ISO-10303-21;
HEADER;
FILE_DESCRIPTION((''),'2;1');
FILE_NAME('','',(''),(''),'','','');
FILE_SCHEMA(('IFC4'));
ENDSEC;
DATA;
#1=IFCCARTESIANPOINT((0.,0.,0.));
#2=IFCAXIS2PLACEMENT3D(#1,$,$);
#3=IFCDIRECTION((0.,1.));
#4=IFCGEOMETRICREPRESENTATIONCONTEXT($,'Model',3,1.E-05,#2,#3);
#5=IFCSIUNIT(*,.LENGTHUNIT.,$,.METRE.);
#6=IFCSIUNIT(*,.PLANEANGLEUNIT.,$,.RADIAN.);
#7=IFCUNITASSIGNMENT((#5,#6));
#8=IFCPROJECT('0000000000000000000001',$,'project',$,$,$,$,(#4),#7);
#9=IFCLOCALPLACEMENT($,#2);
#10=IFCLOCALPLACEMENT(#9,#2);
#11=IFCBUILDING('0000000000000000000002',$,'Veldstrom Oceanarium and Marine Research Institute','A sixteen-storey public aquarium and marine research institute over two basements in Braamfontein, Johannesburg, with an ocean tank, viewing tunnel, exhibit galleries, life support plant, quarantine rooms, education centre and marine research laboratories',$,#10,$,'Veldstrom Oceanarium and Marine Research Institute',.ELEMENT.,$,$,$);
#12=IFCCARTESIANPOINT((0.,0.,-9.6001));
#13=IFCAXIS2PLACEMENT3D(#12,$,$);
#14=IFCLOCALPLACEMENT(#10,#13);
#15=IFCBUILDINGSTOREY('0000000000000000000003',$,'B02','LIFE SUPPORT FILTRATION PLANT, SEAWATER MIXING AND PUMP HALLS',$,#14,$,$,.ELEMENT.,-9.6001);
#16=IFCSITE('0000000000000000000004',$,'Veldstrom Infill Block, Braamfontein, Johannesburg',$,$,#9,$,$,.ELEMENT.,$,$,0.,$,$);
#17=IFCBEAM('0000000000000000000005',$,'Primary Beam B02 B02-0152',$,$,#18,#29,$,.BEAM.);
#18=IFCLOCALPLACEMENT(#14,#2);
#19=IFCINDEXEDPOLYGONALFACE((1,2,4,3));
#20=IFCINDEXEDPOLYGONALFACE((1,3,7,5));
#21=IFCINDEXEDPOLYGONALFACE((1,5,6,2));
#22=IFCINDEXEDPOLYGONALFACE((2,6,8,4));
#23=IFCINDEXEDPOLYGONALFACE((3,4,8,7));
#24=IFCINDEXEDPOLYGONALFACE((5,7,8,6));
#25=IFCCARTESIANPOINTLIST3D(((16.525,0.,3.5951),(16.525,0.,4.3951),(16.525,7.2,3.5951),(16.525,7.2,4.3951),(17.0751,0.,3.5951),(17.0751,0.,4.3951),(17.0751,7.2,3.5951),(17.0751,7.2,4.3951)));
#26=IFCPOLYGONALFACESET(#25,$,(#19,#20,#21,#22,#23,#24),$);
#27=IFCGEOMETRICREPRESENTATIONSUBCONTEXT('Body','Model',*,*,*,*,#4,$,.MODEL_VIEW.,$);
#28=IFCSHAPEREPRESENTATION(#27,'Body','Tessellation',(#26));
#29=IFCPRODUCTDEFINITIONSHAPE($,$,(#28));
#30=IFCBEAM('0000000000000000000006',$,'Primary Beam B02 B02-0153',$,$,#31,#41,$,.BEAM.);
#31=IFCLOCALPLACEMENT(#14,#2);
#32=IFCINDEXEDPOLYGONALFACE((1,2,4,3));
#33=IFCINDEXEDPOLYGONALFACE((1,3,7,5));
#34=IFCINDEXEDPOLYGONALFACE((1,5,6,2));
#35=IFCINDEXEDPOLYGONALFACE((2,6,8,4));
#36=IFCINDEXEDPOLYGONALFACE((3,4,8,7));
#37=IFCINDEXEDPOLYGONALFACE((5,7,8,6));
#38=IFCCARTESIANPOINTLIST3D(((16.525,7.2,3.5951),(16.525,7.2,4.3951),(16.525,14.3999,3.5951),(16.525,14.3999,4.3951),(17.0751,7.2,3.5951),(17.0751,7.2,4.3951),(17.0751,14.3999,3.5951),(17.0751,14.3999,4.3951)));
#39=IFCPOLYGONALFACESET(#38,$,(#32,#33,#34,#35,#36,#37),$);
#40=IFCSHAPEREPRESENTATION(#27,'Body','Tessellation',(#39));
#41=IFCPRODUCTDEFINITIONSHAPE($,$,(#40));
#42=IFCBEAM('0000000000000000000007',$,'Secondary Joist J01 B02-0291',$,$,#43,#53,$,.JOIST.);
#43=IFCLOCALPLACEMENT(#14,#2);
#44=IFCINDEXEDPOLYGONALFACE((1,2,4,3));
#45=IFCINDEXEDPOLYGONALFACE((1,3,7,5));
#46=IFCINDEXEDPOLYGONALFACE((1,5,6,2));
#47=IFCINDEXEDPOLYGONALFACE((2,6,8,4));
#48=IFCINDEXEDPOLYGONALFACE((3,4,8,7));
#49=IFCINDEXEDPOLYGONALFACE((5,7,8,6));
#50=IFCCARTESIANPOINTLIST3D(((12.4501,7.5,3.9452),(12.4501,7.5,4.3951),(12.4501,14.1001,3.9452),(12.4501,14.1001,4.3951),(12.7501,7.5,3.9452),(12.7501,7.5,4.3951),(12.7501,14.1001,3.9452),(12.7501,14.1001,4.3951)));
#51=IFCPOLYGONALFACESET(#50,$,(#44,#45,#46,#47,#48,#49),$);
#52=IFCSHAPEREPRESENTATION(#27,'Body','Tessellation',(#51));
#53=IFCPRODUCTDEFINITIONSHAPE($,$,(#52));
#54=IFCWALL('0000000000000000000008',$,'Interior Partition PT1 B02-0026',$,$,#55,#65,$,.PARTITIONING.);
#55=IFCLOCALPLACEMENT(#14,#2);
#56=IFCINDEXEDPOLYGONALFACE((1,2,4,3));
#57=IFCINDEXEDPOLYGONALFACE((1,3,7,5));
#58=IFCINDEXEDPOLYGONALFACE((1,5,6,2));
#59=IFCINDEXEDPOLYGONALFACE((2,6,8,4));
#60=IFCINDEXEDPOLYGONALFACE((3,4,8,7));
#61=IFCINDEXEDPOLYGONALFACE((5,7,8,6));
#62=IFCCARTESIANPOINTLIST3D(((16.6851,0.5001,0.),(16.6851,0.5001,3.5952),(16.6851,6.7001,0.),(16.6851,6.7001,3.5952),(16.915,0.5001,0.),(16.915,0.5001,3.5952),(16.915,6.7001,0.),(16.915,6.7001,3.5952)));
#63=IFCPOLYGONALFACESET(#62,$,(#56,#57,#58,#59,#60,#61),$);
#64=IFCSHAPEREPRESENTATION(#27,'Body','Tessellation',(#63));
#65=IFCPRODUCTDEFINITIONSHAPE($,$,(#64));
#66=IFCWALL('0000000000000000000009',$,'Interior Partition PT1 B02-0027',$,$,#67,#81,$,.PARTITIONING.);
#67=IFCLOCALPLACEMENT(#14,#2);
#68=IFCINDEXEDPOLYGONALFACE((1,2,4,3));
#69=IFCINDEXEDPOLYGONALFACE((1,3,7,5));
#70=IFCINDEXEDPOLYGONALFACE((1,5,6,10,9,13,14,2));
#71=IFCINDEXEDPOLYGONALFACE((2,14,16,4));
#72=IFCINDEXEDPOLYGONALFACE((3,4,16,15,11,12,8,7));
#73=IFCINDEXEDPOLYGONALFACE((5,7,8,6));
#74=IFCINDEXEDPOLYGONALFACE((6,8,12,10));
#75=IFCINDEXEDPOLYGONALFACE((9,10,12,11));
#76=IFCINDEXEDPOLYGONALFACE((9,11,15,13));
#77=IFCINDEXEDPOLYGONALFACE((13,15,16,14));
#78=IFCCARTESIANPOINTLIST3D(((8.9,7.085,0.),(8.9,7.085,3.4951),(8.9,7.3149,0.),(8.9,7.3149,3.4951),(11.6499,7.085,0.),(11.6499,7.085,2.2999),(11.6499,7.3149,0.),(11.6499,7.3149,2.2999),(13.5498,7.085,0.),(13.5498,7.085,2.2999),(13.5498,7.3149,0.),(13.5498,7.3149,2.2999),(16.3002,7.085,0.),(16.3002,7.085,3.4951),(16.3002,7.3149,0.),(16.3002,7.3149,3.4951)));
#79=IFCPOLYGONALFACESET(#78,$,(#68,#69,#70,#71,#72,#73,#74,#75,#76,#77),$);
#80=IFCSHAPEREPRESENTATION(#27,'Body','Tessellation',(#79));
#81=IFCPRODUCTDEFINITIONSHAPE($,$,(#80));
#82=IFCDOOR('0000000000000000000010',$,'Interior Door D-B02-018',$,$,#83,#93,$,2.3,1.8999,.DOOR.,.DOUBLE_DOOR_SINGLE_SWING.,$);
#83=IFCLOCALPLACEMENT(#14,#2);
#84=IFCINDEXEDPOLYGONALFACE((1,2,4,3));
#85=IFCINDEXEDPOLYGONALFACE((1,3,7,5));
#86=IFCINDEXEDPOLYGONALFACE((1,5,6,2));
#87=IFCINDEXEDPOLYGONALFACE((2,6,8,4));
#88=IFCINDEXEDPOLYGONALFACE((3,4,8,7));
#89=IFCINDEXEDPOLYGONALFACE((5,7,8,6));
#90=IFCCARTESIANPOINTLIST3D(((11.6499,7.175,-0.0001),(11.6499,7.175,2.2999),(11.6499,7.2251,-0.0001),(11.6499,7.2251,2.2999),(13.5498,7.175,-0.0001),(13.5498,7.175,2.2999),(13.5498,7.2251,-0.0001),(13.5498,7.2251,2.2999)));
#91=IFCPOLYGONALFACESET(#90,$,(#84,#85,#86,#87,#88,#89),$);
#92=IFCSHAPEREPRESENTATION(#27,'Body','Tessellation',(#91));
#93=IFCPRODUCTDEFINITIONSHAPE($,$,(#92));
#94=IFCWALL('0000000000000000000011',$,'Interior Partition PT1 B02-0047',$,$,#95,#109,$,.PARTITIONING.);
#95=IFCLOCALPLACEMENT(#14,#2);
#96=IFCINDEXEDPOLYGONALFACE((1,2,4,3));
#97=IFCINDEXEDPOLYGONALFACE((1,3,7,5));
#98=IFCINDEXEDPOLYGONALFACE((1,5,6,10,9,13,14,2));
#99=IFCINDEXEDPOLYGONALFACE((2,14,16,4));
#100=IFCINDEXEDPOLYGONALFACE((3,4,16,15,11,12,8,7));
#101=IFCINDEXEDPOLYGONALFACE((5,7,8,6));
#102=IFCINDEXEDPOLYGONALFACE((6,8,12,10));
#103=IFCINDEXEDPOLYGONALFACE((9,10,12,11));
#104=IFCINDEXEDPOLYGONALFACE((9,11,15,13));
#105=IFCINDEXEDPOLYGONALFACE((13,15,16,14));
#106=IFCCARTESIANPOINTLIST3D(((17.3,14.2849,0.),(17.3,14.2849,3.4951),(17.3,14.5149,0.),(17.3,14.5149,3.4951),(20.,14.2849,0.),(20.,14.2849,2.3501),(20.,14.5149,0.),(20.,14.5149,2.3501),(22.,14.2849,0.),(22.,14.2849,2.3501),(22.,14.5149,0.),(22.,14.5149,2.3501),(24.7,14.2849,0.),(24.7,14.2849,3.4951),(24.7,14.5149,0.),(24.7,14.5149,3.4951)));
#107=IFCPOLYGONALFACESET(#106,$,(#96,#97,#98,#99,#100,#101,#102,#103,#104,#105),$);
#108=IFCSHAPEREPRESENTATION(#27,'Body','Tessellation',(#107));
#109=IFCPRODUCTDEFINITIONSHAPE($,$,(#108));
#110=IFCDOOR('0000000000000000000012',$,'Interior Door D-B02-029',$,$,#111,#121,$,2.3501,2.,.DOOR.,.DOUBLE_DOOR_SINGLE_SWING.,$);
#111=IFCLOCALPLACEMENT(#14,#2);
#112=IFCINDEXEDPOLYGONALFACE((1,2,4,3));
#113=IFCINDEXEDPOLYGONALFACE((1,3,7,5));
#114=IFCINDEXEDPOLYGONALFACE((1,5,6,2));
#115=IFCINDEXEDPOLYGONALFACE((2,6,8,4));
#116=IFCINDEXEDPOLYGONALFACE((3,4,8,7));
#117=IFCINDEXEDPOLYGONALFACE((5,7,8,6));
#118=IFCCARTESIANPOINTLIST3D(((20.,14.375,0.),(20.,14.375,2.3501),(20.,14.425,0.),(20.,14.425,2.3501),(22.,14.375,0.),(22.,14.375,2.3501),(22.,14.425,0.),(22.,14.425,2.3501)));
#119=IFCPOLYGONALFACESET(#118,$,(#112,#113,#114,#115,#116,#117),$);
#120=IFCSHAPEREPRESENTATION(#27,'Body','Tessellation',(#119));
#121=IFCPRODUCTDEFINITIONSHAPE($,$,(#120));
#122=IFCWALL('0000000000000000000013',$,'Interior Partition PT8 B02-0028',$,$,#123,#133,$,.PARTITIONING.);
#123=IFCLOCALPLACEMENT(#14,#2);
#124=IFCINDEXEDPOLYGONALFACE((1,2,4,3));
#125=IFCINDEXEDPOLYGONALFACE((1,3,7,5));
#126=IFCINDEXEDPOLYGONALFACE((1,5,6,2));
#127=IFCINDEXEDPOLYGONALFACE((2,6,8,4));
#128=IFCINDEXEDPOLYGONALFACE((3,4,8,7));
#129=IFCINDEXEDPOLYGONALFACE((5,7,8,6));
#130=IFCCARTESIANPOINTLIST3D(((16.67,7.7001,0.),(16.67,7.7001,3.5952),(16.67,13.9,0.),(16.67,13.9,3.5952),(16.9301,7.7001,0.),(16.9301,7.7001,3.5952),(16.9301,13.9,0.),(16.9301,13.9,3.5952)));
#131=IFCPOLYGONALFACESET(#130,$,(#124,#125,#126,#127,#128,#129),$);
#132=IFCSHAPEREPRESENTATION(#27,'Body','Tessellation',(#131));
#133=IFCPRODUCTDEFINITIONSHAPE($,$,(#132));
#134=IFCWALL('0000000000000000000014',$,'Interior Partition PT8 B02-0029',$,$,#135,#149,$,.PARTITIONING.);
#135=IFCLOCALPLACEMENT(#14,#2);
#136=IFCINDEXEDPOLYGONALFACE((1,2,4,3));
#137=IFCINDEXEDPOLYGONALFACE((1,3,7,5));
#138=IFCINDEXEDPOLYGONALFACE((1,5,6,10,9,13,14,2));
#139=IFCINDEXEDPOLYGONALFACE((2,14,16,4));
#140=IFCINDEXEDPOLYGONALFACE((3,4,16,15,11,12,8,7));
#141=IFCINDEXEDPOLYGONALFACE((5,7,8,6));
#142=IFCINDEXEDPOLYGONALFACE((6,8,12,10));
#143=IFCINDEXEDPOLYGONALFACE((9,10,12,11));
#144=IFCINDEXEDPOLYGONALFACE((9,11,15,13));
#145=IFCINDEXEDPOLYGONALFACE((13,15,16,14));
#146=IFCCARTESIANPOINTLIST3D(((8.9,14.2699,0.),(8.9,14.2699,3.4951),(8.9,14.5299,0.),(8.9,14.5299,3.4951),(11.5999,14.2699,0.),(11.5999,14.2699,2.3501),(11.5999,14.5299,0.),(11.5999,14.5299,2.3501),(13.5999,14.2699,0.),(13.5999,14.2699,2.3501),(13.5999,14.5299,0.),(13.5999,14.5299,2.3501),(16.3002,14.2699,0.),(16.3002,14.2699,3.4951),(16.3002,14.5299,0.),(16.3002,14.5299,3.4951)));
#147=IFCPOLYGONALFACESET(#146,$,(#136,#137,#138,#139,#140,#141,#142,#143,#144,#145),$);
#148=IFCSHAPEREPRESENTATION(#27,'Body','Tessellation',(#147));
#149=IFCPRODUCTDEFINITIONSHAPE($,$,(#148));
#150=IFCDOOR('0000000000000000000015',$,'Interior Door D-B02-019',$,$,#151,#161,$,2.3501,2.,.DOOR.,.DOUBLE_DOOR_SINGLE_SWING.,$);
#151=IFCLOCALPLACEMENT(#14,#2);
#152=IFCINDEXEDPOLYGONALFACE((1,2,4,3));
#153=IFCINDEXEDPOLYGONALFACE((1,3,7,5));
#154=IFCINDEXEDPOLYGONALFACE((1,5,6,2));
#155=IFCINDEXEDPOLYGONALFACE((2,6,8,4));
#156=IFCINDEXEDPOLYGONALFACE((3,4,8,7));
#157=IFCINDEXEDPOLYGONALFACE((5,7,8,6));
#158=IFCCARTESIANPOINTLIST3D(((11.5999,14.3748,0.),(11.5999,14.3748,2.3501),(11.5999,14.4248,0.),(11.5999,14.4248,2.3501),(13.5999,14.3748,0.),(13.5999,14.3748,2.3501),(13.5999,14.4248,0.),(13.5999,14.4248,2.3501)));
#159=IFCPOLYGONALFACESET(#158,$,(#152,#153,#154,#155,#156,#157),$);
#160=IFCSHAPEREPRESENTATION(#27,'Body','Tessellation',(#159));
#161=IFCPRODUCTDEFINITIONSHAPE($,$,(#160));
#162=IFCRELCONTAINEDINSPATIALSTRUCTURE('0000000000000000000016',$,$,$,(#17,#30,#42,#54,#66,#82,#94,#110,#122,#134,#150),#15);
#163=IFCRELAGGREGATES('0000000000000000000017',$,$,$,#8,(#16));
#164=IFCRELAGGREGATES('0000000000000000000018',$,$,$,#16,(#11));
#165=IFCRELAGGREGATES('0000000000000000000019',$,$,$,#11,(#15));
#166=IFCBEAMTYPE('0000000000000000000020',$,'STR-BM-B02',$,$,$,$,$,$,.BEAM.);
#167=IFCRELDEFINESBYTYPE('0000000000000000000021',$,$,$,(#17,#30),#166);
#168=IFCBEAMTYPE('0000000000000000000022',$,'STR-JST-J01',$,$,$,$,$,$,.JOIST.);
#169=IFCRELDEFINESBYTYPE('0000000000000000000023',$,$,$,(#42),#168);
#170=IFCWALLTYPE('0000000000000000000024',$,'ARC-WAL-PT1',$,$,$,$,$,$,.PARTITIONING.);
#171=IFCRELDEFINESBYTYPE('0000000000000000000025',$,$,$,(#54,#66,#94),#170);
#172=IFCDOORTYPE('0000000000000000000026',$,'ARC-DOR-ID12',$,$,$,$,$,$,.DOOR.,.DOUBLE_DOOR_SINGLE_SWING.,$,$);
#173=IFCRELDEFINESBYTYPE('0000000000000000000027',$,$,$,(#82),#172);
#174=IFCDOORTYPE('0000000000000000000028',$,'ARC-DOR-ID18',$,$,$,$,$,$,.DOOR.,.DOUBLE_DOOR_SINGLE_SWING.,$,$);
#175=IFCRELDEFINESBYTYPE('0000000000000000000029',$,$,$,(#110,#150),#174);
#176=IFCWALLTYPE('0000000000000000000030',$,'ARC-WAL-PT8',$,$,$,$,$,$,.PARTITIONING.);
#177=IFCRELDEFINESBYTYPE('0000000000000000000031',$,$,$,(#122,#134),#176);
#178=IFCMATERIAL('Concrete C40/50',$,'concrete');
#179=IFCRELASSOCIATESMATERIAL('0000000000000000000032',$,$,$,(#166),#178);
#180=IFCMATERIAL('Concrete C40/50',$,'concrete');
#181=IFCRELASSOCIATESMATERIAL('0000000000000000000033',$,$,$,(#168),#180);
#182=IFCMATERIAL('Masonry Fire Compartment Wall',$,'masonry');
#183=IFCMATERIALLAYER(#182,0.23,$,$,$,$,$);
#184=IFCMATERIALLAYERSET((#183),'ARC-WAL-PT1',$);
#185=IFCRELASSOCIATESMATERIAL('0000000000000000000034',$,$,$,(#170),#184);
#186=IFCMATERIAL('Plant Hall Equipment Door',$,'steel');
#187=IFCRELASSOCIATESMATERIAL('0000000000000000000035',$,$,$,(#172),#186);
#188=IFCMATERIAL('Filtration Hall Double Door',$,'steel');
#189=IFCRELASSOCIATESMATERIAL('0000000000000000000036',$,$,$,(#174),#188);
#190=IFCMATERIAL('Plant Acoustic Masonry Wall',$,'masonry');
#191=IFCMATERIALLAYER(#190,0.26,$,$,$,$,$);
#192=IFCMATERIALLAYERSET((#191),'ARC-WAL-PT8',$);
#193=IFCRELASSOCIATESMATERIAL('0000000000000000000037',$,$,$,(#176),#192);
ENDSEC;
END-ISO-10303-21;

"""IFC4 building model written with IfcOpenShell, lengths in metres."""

from ifc_helpers import new_model, si_unit, direction, frame, frame_2d, origin, origin_2d, place, context, subcontext, project, spatial, rectangle, extrude, material, layer, layer_set, material_profile, profile_set, type_object, element, fill, save


model = new_model("IFC4")

# Units and contexts
model_context = context("Model", 3, precision=1e-05, world=origin(), true_north=direction((0.0, 1.0)))
body_context = subcontext(model_context, "Body", "Model", "MODEL_VIEW")
ifc_project = project(units=[si_unit("LENGTHUNIT", "METRE"), si_unit("PLANEANGLEUNIT", "RADIAN")], contexts=[model_context])

# Site, building, storey
site_placement = place(None, origin())
site = spatial("IfcSite", under=ifc_project, at=site_placement, Name="Veldstrom Infill Block, Braamfontein, Johannesburg", CompositionType="ELEMENT", RefElevation=0.0)
building_placement = place(site_placement, origin())
building = spatial("IfcBuilding", under=site, at=building_placement, Name="Veldstrom Oceanarium and Marine Research Institute", Description="A sixteen-storey public aquarium and marine research institute over two basements in Braamfontein, Johannesburg, with an ocean tank, viewing tunnel, exhibit galleries, life support plant, quarantine rooms, education centre and marine research laboratories", LongName="Veldstrom Oceanarium and Marine Research Institute", CompositionType="ELEMENT")
storey_placement = place(building_placement, frame((0.0, 0.0, -9.6001)))
storey = spatial("IfcBuildingStorey", under=building, at=storey_placement, Name="B02", Description="LIFE SUPPORT FILTRATION PLANT, SEAWATER MIXING AND PUMP HALLS", CompositionType="ELEMENT", Elevation=-9.6001)

# Beams
ifc_material_1 = material(Name="Concrete C40/50", Category="concrete")
ifc_material_profile_1 = material_profile(ifc_material_1, rectangle(XDim=0.55, YDim=0.8, at=origin_2d()), Name="RC-BM-550x800")
ifc_profile_set_1 = profile_set([ifc_material_profile_1], Name="Concrete C40/50")
beam_type_1 = type_object("IfcBeamType", Name="STR-BM-B02", PredefinedType="BEAM", material=ifc_profile_set_1)
for number, where, z_axis, x_axis, name in (
    (1, (16.8, 0.0, 3.9951), (0.0, 1.0, 0.0), (-1.0, 0.0, 0.0), "Primary Beam B02 B02-0152"),
    (2, (16.8, 7.2, 3.9951), (0.0, 1.0, 0.0), (-1.0, 0.0, 0.0), "Primary Beam B02 B02-0153"),
):
    element("IfcBeam", number, at=place(storey_placement, frame(where, z_axis=z_axis, x_axis=x_axis)), inside=storey, type_object=beam_type_1, Name=name, PredefinedType="BEAM", context=body_context, shape_type="SweptSolid", body=[
        extrude(rectangle(XDim=0.55, YDim=0.8, at=origin_2d()), origin(), (0.0, 0.0, 1.0), 7.2),
    ])
ifc_material_2 = material(Name="Concrete C40/50", Category="concrete")
ifc_material_profile_2 = material_profile(ifc_material_2, rectangle(XDim=0.3, YDim=0.45, at=origin_2d()), Name="RC-JST-300x450")
ifc_profile_set_2 = profile_set([ifc_material_profile_2], Name="Concrete C40/50")
beam_type_2 = type_object("IfcBeamType", Name="STR-JST-J01", PredefinedType="JOIST", material=ifc_profile_set_2)
beam_1_placement = place(storey_placement, frame((12.6001, 7.5, 4.1702), z_axis=(0.0, 1.0, 0.0), x_axis=(-1.0, 0.0, 0.0)))
element("IfcBeam", 3, at=beam_1_placement, inside=storey, type_object=beam_type_2, Name="Secondary Joist J01 B02-0291", PredefinedType="JOIST", context=body_context, shape_type="SweptSolid", body=[
    extrude(rectangle(XDim=0.3, YDim=0.45, at=origin_2d()), origin(), (0.0, 0.0, 1.0), 6.6001),
])

# Wall
ifc_material_3 = material(Name="Masonry Fire Compartment Wall", Category="masonry")
ifc_layer_1 = layer(ifc_material_3, 0.23)
ifc_layer_set_1 = layer_set([ifc_layer_1], Name="ARC-WAL-PT1")
wall_type_1 = type_object("IfcWallType", Name="ARC-WAL-PT1", PredefinedType="PARTITIONING", material=ifc_layer_set_1)
wall_1_placement = place(storey_placement, frame((16.8, 0.5, 0.0), z_axis=(0.0, 0.0, 1.0), x_axis=(0.0, 1.0, 0.0)))
element("IfcWall", 4, at=wall_1_placement, inside=storey, type_object=wall_type_1, Name="Interior Partition PT1 B02-0026", PredefinedType="PARTITIONING", context=body_context, shape_type="SweptSolid", body=[
    extrude(rectangle(XDim=6.2, YDim=0.23, at=frame_2d((3.1001, 0.0))), origin(), (0.0, 0.0, 1.0), 3.5952),
])

# Walls, openings, doors
wall_2_placement = place(storey_placement, frame((8.8999, 7.2, 0.0), z_axis=(0.0, 0.0, 1.0), x_axis=(1.0, 0.0, 0.0)))
wall_2 = element("IfcWall", 5, at=wall_2_placement, inside=storey, type_object=wall_type_1, Name="Interior Partition PT1 B02-0027", PredefinedType="PARTITIONING", context=body_context, shape_type="SweptSolid", body=[
    extrude(rectangle(XDim=7.4001, YDim=0.23, at=frame_2d((3.7002, 0.0))), origin(), (0.0, 0.0, 1.0), 3.4951),
])
opening_1_placement = place(wall_2_placement, frame((2.75, 0.0, 0.0)))
opening_1 = element("IfcOpeningElement", 6, at=opening_1_placement, cuts=wall_2, PredefinedType="OPENING", context=body_context, shape_type="SweptSolid", body=[
    extrude(rectangle(XDim=1.8999, YDim=2.3, at=frame_2d((0.95, 1.1499))), frame((0.0, 0.125, 0.0), z_axis=(0.0, -1.0, 0.0), x_axis=(1.0, 0.0, 0.0)), (0.0, 0.0, 1.0), 0.25),
])
ifc_material_4 = material(Name="Plant Hall Equipment Door", Category="steel")
door_type_1 = type_object("IfcDoorType", Name="ARC-DOR-ID12", OperationType="DOUBLE_DOOR_SINGLE_SWING", PredefinedType="DOOR", material=ifc_material_4)
door_1_placement = place(opening_1_placement, frame((1.8999, 0.0, 0.0), z_axis=(0.0, 0.0, 1.0), x_axis=(-1.0, 0.0, 0.0)))
door_1 = element("IfcDoor", 7, at=door_1_placement, inside=storey, type_object=door_type_1, Name="Interior Door D-B02-018", OperationType="DOUBLE_DOOR_SINGLE_SWING", OverallHeight=2.3, OverallWidth=1.8999, PredefinedType="DOOR", context=body_context, shape_type="SweptSolid", body=[
    extrude(rectangle(XDim=1.8999, YDim=2.3, at=frame_2d((0.95, 1.1499))), frame((0.0, 0.0249, 0.0), z_axis=(0.0, -1.0, 0.0), x_axis=(1.0, 0.0, 0.0)), (0.0, 0.0, 1.0), 0.05),
])
fill(opening_1, door_1)
wall_3_placement = place(storey_placement, frame((17.3, 14.3999, 0.0), z_axis=(0.0, 0.0, 1.0), x_axis=(1.0, 0.0, 0.0)))
wall_3 = element("IfcWall", 8, at=wall_3_placement, inside=storey, type_object=wall_type_1, Name="Interior Partition PT1 B02-0047", PredefinedType="PARTITIONING", context=body_context, shape_type="SweptSolid", body=[
    extrude(rectangle(XDim=7.3999, YDim=0.23, at=frame_2d((3.7, 0.0))), origin(), (0.0, 0.0, 1.0), 3.4951),
])
opening_2_placement = place(wall_3_placement, frame((2.7, 0.0, 0.0)))
opening_2 = element("IfcOpeningElement", 9, at=opening_2_placement, cuts=wall_3, PredefinedType="OPENING", context=body_context, shape_type="SweptSolid", body=[
    extrude(rectangle(XDim=2.0, YDim=2.3501, at=frame_2d((1.0, 1.175))), frame((0.0, 0.125, 0.0), z_axis=(0.0, -1.0, 0.0), x_axis=(1.0, 0.0, 0.0)), (0.0, 0.0, 1.0), 0.25),
])
ifc_material_5 = material(Name="Filtration Hall Double Door", Category="steel")
door_type_2 = type_object("IfcDoorType", Name="ARC-DOR-ID18", OperationType="DOUBLE_DOOR_SINGLE_SWING", PredefinedType="DOOR", material=ifc_material_5)
door_2_placement = place(opening_2_placement, frame((2.0, 0.0, 0.0), z_axis=(0.0, 0.0, 1.0), x_axis=(-1.0, 0.0, 0.0)))
door_2 = element("IfcDoor", 10, at=door_2_placement, inside=storey, type_object=door_type_2, Name="Interior Door D-B02-029", OperationType="DOUBLE_DOOR_SINGLE_SWING", OverallHeight=2.3501, OverallWidth=2.0, PredefinedType="DOOR", context=body_context, shape_type="SweptSolid", body=[
    extrude(rectangle(XDim=2.0, YDim=2.3501, at=frame_2d((1.0, 1.175))), frame((0.0, 0.0249, 0.0), z_axis=(0.0, -1.0, 0.0), x_axis=(1.0, 0.0, 0.0)), (0.0, 0.0, 1.0), 0.05),
])
fill(opening_2, door_2)

# Wall
ifc_material_6 = material(Name="Plant Acoustic Masonry Wall", Category="masonry")
ifc_layer_2 = layer(ifc_material_6, 0.26)
ifc_layer_set_2 = layer_set([ifc_layer_2], Name="ARC-WAL-PT8")
wall_type_2 = type_object("IfcWallType", Name="ARC-WAL-PT8", PredefinedType="PARTITIONING", material=ifc_layer_set_2)
wall_4_placement = place(storey_placement, frame((16.8, 7.7, 0.0), z_axis=(0.0, 0.0, 1.0), x_axis=(0.0, 1.0, 0.0)))
element("IfcWall", 11, at=wall_4_placement, inside=storey, type_object=wall_type_2, Name="Interior Partition PT8 B02-0028", PredefinedType="PARTITIONING", context=body_context, shape_type="SweptSolid", body=[
    extrude(rectangle(XDim=6.2, YDim=0.26, at=frame_2d((3.1001, 0.0))), origin(), (0.0, 0.0, 1.0), 3.5952),
])

# Wall, opening, door
wall_5_placement = place(storey_placement, frame((8.8999, 14.3999, 0.0), z_axis=(0.0, 0.0, 1.0), x_axis=(1.0, 0.0, 0.0)))
wall_5 = element("IfcWall", 12, at=wall_5_placement, inside=storey, type_object=wall_type_2, Name="Interior Partition PT8 B02-0029", PredefinedType="PARTITIONING", context=body_context, shape_type="SweptSolid", body=[
    extrude(rectangle(XDim=7.4001, YDim=0.26, at=frame_2d((3.7002, 0.0))), origin(), (0.0, 0.0, 1.0), 3.4951),
])
opening_3_placement = place(wall_5_placement, frame((2.7, 0.0, 0.0)))
opening_3 = element("IfcOpeningElement", 13, at=opening_3_placement, cuts=wall_5, PredefinedType="OPENING", context=body_context, shape_type="SweptSolid", body=[
    extrude(rectangle(XDim=2.0, YDim=2.3501, at=frame_2d((1.0, 1.175))), frame((0.0, 0.1399, 0.0), z_axis=(0.0, -1.0, 0.0), x_axis=(1.0, 0.0, 0.0)), (0.0, 0.0, 1.0), 0.28),
])
door_3_placement = place(opening_3_placement, origin())
door_3 = element("IfcDoor", 14, at=door_3_placement, inside=storey, type_object=door_type_2, Name="Interior Door D-B02-019", OperationType="DOUBLE_DOOR_SINGLE_SWING", OverallHeight=2.3501, OverallWidth=2.0, PredefinedType="DOOR", context=body_context, shape_type="SweptSolid", body=[
    extrude(rectangle(XDim=2.0, YDim=2.3501, at=frame_2d((1.0, 1.175))), frame((0.0, 0.0249, 0.0), z_axis=(0.0, -1.0, 0.0), x_axis=(1.0, 0.0, 0.0)), (0.0, 0.0, 1.0), 0.05),
])
fill(opening_3, door_3)

save(model, "model.ifc")
